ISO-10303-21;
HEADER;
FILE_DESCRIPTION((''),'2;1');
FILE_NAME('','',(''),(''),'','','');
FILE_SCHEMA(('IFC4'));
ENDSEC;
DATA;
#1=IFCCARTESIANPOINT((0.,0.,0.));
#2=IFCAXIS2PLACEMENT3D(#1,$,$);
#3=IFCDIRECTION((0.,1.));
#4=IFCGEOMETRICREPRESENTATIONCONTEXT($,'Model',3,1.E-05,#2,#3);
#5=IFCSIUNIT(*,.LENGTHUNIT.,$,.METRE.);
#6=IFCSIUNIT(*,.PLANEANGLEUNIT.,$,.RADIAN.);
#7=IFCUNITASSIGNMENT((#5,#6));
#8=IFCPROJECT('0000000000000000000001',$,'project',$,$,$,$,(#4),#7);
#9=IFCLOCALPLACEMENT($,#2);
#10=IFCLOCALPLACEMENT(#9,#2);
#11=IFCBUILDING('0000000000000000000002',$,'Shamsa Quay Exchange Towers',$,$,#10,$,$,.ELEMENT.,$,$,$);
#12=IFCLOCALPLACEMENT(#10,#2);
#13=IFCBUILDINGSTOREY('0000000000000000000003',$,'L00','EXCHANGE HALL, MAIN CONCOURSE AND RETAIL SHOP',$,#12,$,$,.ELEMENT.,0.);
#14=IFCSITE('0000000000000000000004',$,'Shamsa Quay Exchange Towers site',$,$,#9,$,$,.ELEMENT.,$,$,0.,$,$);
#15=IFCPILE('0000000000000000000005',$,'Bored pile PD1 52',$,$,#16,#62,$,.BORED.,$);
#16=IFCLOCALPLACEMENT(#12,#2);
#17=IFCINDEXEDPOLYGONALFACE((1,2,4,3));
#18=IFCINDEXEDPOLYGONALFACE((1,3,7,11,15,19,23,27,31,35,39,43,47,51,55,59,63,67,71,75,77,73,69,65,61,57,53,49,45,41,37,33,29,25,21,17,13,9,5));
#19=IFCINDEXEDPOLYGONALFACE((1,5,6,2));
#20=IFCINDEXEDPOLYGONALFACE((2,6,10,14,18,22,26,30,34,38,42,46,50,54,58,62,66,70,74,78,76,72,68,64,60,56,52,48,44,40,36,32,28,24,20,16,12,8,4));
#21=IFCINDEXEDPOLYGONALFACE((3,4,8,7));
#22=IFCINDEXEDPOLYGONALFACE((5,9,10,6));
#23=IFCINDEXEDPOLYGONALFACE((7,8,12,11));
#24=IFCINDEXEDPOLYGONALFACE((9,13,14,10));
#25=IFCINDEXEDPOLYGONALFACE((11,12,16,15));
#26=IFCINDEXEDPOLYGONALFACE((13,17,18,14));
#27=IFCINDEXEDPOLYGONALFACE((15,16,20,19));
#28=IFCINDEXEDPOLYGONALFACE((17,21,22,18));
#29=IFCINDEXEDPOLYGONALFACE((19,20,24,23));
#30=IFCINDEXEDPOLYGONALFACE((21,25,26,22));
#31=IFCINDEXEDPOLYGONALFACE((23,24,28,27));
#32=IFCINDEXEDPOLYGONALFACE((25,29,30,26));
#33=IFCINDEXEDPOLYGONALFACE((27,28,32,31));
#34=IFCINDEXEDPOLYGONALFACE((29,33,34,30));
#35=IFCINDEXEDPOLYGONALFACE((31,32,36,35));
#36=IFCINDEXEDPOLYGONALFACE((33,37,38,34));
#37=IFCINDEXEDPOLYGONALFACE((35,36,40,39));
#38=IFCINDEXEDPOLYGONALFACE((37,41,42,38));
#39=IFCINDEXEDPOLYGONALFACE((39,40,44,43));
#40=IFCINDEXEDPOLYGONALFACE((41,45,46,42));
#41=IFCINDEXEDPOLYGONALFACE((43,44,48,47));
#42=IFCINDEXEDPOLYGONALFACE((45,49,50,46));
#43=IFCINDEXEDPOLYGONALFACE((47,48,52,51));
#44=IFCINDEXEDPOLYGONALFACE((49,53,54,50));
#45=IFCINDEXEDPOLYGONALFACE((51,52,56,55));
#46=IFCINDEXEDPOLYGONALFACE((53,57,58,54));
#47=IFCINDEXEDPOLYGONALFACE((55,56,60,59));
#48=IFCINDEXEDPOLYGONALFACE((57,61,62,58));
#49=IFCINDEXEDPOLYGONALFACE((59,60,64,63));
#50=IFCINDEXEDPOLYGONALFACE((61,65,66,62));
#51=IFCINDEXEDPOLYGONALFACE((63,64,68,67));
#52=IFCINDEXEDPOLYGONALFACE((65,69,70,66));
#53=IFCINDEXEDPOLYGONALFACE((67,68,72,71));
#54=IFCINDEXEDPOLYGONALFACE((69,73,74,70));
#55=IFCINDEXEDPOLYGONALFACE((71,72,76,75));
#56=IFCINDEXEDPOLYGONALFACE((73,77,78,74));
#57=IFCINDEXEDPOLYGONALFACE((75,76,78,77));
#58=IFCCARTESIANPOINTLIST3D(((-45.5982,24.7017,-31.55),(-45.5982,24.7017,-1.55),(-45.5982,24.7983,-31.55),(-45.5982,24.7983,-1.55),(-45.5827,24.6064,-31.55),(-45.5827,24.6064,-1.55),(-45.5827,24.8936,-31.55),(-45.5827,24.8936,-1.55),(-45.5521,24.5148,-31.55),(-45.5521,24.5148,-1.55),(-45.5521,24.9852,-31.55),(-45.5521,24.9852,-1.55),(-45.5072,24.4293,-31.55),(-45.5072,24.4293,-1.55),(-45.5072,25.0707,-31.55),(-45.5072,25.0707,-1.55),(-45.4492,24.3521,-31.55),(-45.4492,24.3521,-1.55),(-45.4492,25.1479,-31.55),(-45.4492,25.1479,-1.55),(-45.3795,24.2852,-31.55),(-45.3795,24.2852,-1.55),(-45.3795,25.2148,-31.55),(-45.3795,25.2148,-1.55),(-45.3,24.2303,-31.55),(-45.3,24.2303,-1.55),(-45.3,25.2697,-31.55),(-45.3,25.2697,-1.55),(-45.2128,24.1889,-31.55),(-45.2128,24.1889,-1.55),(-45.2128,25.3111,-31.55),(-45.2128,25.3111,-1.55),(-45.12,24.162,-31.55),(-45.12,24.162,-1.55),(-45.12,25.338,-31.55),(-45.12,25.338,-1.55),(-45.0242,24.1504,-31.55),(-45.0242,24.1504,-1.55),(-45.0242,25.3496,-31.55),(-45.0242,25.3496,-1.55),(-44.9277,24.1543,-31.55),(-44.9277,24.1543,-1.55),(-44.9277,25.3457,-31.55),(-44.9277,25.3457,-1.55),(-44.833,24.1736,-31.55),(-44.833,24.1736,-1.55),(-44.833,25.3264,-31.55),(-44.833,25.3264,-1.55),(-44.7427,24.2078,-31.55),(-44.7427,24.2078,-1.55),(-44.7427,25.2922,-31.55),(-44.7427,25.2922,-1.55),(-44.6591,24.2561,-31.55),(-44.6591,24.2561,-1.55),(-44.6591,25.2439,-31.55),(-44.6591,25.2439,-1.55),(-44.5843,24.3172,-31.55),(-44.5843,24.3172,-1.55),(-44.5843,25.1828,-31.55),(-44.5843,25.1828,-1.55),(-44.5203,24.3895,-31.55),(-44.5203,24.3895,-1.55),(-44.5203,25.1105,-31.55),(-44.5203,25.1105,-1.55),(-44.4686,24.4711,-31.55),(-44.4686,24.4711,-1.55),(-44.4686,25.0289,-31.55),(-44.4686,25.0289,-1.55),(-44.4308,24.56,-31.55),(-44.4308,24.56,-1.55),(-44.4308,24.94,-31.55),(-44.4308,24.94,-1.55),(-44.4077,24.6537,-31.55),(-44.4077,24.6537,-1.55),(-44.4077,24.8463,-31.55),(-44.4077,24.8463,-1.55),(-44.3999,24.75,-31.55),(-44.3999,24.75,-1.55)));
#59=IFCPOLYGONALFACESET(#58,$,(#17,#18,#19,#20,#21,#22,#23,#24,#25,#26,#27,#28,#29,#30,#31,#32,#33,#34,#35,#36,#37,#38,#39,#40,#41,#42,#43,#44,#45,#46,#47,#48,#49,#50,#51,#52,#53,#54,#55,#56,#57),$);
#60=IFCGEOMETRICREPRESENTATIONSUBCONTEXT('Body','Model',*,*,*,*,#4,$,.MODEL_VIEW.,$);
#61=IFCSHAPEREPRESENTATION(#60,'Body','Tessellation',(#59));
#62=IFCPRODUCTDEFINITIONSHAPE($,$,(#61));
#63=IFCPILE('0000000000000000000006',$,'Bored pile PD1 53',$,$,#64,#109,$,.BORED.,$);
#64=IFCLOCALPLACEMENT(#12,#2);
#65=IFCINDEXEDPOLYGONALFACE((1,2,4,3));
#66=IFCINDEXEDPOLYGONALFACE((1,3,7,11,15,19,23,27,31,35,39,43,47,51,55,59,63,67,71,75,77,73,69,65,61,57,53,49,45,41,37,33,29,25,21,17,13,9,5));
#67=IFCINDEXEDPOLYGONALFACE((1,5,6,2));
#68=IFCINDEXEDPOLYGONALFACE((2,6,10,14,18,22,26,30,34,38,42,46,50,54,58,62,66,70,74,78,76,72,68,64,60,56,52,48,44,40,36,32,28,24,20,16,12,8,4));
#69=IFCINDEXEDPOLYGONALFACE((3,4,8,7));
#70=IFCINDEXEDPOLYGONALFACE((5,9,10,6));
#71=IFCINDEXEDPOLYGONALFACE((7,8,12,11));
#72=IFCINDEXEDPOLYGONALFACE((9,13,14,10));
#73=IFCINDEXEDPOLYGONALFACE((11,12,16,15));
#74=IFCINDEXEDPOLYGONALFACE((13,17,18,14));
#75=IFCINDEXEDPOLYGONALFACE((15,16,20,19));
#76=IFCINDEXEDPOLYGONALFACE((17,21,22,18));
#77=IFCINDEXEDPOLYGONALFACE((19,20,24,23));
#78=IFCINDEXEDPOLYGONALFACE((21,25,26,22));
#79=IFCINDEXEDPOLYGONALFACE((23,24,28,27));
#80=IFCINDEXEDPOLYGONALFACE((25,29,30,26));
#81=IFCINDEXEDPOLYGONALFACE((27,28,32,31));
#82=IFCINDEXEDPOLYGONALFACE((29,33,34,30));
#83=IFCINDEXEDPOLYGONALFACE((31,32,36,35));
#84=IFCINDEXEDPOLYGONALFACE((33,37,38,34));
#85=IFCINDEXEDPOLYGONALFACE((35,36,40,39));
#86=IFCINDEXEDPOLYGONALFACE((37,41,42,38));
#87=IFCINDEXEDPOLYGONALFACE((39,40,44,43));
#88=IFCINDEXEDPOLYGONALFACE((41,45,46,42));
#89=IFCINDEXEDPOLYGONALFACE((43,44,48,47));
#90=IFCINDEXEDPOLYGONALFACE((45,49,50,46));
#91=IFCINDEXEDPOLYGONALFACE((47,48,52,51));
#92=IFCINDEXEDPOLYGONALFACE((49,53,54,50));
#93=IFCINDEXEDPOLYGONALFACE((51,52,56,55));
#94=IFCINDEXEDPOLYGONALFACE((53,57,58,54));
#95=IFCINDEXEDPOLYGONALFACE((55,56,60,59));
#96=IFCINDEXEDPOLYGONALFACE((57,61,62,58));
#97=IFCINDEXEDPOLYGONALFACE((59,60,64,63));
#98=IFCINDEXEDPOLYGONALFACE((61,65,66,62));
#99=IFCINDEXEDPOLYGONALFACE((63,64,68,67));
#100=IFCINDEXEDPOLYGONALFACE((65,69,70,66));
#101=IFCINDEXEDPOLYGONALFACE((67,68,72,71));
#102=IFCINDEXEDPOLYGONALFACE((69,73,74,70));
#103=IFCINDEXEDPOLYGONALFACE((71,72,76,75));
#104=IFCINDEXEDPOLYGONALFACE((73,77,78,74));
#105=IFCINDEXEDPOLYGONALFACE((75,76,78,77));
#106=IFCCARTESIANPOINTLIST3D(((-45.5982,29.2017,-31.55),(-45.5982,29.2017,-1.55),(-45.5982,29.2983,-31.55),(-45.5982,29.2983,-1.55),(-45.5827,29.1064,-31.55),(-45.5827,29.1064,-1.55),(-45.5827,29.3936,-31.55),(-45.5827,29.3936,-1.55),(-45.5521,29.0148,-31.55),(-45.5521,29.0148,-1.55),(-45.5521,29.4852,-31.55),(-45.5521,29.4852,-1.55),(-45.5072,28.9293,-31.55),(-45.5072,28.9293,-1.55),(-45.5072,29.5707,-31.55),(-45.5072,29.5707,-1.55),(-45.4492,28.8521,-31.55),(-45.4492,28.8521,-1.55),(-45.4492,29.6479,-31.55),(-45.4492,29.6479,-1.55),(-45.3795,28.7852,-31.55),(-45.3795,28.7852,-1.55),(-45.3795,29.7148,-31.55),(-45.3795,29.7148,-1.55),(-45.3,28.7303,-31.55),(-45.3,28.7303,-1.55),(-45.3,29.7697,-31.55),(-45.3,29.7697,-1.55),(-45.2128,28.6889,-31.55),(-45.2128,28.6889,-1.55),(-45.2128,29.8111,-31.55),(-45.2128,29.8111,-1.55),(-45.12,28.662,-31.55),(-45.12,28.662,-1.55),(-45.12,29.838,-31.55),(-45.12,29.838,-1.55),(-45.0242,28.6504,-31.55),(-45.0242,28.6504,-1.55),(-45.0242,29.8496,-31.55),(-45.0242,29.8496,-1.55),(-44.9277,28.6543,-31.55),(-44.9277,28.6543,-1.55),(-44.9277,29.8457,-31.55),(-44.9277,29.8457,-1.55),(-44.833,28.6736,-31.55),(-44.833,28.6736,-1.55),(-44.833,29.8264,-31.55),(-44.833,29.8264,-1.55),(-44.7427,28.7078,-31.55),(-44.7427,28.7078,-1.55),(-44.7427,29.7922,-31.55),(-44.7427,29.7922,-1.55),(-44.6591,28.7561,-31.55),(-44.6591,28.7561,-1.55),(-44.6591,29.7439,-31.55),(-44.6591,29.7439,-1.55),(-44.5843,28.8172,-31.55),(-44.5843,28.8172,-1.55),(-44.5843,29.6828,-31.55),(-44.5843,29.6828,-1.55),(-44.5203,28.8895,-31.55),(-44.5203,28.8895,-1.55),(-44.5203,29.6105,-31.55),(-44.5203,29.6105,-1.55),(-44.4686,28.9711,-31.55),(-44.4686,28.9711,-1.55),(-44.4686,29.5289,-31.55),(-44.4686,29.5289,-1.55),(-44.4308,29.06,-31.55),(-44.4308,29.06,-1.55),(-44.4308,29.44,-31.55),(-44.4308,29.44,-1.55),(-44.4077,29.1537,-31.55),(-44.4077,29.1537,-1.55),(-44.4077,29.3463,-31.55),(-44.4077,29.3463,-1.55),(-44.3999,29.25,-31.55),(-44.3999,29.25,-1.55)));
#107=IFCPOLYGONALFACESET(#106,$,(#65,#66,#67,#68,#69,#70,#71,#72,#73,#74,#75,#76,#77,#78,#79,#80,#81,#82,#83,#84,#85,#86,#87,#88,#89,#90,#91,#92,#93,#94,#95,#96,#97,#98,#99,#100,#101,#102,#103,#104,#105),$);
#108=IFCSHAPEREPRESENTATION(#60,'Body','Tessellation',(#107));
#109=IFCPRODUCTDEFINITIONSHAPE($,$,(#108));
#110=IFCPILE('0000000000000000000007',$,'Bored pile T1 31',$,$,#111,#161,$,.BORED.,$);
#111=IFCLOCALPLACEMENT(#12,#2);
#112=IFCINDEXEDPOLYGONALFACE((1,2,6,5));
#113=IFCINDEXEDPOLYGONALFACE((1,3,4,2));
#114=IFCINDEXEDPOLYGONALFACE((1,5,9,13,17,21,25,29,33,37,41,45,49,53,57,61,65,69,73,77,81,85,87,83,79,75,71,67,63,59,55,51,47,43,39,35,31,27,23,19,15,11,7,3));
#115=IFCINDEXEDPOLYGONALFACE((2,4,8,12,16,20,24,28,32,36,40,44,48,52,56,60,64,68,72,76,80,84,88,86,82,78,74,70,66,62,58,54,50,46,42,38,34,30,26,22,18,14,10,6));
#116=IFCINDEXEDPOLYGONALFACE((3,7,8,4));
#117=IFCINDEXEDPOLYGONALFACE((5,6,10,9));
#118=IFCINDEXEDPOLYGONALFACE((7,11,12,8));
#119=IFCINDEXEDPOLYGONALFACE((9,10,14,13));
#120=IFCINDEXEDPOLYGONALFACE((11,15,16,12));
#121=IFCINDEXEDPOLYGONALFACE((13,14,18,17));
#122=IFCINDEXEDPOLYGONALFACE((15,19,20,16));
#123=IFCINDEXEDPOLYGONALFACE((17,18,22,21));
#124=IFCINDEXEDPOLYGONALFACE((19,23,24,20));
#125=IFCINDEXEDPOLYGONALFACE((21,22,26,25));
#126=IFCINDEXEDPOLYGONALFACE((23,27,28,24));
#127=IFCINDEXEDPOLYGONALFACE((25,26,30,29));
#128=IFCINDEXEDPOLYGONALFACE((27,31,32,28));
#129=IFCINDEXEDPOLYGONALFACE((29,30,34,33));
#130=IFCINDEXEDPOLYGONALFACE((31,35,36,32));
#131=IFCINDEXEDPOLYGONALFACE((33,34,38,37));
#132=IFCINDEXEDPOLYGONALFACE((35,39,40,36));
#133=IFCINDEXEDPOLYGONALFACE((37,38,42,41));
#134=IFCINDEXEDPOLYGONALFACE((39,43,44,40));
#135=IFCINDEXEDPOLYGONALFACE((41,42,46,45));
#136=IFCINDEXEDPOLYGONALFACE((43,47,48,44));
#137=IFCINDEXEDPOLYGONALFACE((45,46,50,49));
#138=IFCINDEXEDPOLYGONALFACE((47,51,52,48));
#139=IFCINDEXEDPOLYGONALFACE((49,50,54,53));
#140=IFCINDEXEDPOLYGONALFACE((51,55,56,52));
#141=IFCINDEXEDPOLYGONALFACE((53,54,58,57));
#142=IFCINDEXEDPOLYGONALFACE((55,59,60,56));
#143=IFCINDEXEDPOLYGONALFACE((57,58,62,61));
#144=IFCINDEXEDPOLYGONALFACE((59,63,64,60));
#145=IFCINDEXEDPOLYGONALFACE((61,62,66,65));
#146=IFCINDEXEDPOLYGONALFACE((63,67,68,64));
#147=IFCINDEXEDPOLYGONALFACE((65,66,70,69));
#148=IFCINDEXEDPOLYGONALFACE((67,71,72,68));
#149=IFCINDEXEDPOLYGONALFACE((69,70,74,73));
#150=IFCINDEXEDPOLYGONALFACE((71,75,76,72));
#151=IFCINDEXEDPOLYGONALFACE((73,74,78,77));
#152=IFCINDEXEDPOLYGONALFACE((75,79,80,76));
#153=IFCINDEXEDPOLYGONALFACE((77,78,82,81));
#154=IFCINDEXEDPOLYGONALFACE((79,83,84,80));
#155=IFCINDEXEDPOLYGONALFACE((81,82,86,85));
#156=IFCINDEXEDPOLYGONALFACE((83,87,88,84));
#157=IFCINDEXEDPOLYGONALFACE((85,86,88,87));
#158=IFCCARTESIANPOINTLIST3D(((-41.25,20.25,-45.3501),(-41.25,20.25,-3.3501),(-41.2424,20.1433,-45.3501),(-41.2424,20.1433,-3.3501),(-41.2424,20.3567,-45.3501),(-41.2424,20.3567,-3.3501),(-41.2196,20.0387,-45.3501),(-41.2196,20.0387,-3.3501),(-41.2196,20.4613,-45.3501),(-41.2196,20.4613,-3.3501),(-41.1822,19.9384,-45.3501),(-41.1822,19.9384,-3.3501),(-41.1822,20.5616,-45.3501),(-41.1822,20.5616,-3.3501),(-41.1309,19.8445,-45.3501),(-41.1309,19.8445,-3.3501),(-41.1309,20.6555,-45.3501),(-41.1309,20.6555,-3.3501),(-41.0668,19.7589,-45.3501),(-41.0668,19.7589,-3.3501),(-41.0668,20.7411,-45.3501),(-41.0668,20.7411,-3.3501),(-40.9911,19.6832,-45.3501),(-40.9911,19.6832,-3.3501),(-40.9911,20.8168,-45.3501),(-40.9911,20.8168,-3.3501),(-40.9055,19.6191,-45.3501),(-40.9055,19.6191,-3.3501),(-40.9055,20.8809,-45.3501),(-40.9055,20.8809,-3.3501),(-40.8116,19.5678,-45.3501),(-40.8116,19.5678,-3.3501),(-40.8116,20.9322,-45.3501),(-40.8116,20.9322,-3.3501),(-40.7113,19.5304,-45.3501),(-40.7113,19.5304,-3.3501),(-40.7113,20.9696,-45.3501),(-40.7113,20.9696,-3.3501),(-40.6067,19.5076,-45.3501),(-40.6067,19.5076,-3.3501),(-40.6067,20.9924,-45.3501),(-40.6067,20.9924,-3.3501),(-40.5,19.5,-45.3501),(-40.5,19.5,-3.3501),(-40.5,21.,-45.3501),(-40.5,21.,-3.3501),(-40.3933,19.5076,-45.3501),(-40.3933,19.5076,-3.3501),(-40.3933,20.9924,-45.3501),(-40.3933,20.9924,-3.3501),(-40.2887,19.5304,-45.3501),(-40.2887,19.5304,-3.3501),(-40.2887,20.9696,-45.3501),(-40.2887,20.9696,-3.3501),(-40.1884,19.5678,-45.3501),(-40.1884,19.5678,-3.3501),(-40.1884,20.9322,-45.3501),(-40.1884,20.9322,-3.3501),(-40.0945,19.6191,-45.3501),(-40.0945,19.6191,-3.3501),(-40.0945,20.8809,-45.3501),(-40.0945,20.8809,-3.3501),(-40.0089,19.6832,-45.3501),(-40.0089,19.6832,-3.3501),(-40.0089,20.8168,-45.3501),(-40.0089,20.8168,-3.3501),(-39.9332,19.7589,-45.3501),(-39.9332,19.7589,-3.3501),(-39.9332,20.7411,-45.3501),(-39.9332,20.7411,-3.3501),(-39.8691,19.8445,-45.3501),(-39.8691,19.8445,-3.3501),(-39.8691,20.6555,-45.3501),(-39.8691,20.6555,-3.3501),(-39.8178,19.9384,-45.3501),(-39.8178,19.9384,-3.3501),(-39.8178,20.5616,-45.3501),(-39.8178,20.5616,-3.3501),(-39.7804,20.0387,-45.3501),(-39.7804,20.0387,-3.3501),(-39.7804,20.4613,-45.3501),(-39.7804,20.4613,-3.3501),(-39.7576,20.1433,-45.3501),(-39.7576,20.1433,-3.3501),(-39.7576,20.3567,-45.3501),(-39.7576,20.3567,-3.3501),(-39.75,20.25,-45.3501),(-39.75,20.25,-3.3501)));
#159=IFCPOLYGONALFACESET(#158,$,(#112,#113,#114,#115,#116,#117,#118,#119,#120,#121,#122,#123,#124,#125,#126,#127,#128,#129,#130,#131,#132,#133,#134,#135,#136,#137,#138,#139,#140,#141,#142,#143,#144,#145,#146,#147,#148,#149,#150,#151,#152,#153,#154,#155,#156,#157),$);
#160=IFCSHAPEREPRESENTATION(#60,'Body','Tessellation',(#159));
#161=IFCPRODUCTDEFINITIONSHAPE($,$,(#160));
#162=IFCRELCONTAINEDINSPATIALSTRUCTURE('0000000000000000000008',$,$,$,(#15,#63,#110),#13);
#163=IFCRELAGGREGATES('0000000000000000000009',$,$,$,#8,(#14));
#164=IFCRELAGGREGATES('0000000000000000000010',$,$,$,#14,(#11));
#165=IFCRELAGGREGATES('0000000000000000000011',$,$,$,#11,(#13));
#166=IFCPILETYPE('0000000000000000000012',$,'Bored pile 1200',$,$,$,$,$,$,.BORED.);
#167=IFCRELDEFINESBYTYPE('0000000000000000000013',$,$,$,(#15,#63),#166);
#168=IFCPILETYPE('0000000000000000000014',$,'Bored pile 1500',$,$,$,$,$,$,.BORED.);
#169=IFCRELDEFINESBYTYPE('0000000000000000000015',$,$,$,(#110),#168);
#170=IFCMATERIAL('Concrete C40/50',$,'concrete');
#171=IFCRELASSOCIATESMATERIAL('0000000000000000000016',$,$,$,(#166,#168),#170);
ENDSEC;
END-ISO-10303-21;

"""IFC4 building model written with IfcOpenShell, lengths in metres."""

from ifc_helpers import new_model, si_unit, direction, frame, origin, origin_2d, place, context, subcontext, project, spatial, circle, extrude, material, material_profile, profile_set, type_object, element, save


model = new_model("IFC4")

# Units and contexts
model_context = context("Model", 3, precision=1e-05, world=origin(), true_north=direction((0.0, 1.0)))
body_context = subcontext(model_context, "Body", "Model", "MODEL_VIEW")
ifc_project = project(units=[si_unit("LENGTHUNIT", "METRE"), si_unit("PLANEANGLEUNIT", "RADIAN")], contexts=[model_context])

# Site, building, storey
site_placement = place(None, origin())
site = spatial("IfcSite", under=ifc_project, at=site_placement, Name="Shamsa Quay Exchange Towers site", CompositionType="ELEMENT", RefElevation=0.0)
building_placement = place(site_placement, origin())
building = spatial("IfcBuilding", under=site, at=building_placement, Name="Shamsa Quay Exchange Towers", CompositionType="ELEMENT")
storey_placement = place(building_placement, origin())
storey = spatial("IfcBuildingStorey", under=building, at=storey_placement, Name="L00", Description="EXCHANGE HALL, MAIN CONCOURSE AND RETAIL SHOP", CompositionType="ELEMENT", Elevation=0.0)

# Piles
ifc_material_1 = material(Name="Concrete C40/50", Category="concrete")
ifc_material_profile_1 = material_profile(ifc_material_1, circle(Radius=0.6001, at=origin_2d()), Name="BP1200")
ifc_profile_set_1 = profile_set([ifc_material_profile_1], Name="Concrete C40/50")
pile_type_1 = type_object("IfcPileType", Name="Bored pile 1200", PredefinedType="BORED", material=ifc_profile_set_1)
for number, where, z_axis, x_axis, name in (
    (1, (-45.0, 24.75, -1.55), (0.0, 0.0, -1.0), (1.0, 0.0, 0.0), "Bored pile PD1 52"),
    (2, (-45.0, 29.25, -1.55), (0.0, 0.0, -1.0), (1.0, 0.0, 0.0), "Bored pile PD1 53"),
):
    element("IfcPile", number, at=place(storey_placement, frame(where, z_axis=z_axis, x_axis=x_axis)), inside=storey, type_object=pile_type_1, Name=name, PredefinedType="BORED", context=body_context, shape_type="SweptSolid", body=[
        extrude(circle(Radius=0.6001, at=origin_2d()), origin(), (0.0, 0.0, 1.0), 30.0),
    ])
ifc_material_profile_2 = material_profile(ifc_material_1, circle(Radius=0.75, at=origin_2d()), Name="BP1500")
ifc_profile_set_2 = profile_set([ifc_material_profile_2], Name="Concrete C40/50")
pile_type_2 = type_object("IfcPileType", Name="Bored pile 1500", PredefinedType="BORED", material=ifc_profile_set_2)
for number, where, z_axis, x_axis, name in (
    (3, (-40.5, 20.25, -3.3501), (0.0, 0.0, -1.0), (1.0, 0.0, 0.0), "Bored pile T1 31"),
):
    element("IfcPile", number, at=place(storey_placement, frame(where, z_axis=z_axis, x_axis=x_axis)), inside=storey, type_object=pile_type_2, Name=name, PredefinedType="BORED", context=body_context, shape_type="SweptSolid", body=[
        extrude(circle(Radius=0.75, at=origin_2d()), origin(), (0.0, 0.0, 1.0), 42.0),
    ])

save(model, "model.ifc")
